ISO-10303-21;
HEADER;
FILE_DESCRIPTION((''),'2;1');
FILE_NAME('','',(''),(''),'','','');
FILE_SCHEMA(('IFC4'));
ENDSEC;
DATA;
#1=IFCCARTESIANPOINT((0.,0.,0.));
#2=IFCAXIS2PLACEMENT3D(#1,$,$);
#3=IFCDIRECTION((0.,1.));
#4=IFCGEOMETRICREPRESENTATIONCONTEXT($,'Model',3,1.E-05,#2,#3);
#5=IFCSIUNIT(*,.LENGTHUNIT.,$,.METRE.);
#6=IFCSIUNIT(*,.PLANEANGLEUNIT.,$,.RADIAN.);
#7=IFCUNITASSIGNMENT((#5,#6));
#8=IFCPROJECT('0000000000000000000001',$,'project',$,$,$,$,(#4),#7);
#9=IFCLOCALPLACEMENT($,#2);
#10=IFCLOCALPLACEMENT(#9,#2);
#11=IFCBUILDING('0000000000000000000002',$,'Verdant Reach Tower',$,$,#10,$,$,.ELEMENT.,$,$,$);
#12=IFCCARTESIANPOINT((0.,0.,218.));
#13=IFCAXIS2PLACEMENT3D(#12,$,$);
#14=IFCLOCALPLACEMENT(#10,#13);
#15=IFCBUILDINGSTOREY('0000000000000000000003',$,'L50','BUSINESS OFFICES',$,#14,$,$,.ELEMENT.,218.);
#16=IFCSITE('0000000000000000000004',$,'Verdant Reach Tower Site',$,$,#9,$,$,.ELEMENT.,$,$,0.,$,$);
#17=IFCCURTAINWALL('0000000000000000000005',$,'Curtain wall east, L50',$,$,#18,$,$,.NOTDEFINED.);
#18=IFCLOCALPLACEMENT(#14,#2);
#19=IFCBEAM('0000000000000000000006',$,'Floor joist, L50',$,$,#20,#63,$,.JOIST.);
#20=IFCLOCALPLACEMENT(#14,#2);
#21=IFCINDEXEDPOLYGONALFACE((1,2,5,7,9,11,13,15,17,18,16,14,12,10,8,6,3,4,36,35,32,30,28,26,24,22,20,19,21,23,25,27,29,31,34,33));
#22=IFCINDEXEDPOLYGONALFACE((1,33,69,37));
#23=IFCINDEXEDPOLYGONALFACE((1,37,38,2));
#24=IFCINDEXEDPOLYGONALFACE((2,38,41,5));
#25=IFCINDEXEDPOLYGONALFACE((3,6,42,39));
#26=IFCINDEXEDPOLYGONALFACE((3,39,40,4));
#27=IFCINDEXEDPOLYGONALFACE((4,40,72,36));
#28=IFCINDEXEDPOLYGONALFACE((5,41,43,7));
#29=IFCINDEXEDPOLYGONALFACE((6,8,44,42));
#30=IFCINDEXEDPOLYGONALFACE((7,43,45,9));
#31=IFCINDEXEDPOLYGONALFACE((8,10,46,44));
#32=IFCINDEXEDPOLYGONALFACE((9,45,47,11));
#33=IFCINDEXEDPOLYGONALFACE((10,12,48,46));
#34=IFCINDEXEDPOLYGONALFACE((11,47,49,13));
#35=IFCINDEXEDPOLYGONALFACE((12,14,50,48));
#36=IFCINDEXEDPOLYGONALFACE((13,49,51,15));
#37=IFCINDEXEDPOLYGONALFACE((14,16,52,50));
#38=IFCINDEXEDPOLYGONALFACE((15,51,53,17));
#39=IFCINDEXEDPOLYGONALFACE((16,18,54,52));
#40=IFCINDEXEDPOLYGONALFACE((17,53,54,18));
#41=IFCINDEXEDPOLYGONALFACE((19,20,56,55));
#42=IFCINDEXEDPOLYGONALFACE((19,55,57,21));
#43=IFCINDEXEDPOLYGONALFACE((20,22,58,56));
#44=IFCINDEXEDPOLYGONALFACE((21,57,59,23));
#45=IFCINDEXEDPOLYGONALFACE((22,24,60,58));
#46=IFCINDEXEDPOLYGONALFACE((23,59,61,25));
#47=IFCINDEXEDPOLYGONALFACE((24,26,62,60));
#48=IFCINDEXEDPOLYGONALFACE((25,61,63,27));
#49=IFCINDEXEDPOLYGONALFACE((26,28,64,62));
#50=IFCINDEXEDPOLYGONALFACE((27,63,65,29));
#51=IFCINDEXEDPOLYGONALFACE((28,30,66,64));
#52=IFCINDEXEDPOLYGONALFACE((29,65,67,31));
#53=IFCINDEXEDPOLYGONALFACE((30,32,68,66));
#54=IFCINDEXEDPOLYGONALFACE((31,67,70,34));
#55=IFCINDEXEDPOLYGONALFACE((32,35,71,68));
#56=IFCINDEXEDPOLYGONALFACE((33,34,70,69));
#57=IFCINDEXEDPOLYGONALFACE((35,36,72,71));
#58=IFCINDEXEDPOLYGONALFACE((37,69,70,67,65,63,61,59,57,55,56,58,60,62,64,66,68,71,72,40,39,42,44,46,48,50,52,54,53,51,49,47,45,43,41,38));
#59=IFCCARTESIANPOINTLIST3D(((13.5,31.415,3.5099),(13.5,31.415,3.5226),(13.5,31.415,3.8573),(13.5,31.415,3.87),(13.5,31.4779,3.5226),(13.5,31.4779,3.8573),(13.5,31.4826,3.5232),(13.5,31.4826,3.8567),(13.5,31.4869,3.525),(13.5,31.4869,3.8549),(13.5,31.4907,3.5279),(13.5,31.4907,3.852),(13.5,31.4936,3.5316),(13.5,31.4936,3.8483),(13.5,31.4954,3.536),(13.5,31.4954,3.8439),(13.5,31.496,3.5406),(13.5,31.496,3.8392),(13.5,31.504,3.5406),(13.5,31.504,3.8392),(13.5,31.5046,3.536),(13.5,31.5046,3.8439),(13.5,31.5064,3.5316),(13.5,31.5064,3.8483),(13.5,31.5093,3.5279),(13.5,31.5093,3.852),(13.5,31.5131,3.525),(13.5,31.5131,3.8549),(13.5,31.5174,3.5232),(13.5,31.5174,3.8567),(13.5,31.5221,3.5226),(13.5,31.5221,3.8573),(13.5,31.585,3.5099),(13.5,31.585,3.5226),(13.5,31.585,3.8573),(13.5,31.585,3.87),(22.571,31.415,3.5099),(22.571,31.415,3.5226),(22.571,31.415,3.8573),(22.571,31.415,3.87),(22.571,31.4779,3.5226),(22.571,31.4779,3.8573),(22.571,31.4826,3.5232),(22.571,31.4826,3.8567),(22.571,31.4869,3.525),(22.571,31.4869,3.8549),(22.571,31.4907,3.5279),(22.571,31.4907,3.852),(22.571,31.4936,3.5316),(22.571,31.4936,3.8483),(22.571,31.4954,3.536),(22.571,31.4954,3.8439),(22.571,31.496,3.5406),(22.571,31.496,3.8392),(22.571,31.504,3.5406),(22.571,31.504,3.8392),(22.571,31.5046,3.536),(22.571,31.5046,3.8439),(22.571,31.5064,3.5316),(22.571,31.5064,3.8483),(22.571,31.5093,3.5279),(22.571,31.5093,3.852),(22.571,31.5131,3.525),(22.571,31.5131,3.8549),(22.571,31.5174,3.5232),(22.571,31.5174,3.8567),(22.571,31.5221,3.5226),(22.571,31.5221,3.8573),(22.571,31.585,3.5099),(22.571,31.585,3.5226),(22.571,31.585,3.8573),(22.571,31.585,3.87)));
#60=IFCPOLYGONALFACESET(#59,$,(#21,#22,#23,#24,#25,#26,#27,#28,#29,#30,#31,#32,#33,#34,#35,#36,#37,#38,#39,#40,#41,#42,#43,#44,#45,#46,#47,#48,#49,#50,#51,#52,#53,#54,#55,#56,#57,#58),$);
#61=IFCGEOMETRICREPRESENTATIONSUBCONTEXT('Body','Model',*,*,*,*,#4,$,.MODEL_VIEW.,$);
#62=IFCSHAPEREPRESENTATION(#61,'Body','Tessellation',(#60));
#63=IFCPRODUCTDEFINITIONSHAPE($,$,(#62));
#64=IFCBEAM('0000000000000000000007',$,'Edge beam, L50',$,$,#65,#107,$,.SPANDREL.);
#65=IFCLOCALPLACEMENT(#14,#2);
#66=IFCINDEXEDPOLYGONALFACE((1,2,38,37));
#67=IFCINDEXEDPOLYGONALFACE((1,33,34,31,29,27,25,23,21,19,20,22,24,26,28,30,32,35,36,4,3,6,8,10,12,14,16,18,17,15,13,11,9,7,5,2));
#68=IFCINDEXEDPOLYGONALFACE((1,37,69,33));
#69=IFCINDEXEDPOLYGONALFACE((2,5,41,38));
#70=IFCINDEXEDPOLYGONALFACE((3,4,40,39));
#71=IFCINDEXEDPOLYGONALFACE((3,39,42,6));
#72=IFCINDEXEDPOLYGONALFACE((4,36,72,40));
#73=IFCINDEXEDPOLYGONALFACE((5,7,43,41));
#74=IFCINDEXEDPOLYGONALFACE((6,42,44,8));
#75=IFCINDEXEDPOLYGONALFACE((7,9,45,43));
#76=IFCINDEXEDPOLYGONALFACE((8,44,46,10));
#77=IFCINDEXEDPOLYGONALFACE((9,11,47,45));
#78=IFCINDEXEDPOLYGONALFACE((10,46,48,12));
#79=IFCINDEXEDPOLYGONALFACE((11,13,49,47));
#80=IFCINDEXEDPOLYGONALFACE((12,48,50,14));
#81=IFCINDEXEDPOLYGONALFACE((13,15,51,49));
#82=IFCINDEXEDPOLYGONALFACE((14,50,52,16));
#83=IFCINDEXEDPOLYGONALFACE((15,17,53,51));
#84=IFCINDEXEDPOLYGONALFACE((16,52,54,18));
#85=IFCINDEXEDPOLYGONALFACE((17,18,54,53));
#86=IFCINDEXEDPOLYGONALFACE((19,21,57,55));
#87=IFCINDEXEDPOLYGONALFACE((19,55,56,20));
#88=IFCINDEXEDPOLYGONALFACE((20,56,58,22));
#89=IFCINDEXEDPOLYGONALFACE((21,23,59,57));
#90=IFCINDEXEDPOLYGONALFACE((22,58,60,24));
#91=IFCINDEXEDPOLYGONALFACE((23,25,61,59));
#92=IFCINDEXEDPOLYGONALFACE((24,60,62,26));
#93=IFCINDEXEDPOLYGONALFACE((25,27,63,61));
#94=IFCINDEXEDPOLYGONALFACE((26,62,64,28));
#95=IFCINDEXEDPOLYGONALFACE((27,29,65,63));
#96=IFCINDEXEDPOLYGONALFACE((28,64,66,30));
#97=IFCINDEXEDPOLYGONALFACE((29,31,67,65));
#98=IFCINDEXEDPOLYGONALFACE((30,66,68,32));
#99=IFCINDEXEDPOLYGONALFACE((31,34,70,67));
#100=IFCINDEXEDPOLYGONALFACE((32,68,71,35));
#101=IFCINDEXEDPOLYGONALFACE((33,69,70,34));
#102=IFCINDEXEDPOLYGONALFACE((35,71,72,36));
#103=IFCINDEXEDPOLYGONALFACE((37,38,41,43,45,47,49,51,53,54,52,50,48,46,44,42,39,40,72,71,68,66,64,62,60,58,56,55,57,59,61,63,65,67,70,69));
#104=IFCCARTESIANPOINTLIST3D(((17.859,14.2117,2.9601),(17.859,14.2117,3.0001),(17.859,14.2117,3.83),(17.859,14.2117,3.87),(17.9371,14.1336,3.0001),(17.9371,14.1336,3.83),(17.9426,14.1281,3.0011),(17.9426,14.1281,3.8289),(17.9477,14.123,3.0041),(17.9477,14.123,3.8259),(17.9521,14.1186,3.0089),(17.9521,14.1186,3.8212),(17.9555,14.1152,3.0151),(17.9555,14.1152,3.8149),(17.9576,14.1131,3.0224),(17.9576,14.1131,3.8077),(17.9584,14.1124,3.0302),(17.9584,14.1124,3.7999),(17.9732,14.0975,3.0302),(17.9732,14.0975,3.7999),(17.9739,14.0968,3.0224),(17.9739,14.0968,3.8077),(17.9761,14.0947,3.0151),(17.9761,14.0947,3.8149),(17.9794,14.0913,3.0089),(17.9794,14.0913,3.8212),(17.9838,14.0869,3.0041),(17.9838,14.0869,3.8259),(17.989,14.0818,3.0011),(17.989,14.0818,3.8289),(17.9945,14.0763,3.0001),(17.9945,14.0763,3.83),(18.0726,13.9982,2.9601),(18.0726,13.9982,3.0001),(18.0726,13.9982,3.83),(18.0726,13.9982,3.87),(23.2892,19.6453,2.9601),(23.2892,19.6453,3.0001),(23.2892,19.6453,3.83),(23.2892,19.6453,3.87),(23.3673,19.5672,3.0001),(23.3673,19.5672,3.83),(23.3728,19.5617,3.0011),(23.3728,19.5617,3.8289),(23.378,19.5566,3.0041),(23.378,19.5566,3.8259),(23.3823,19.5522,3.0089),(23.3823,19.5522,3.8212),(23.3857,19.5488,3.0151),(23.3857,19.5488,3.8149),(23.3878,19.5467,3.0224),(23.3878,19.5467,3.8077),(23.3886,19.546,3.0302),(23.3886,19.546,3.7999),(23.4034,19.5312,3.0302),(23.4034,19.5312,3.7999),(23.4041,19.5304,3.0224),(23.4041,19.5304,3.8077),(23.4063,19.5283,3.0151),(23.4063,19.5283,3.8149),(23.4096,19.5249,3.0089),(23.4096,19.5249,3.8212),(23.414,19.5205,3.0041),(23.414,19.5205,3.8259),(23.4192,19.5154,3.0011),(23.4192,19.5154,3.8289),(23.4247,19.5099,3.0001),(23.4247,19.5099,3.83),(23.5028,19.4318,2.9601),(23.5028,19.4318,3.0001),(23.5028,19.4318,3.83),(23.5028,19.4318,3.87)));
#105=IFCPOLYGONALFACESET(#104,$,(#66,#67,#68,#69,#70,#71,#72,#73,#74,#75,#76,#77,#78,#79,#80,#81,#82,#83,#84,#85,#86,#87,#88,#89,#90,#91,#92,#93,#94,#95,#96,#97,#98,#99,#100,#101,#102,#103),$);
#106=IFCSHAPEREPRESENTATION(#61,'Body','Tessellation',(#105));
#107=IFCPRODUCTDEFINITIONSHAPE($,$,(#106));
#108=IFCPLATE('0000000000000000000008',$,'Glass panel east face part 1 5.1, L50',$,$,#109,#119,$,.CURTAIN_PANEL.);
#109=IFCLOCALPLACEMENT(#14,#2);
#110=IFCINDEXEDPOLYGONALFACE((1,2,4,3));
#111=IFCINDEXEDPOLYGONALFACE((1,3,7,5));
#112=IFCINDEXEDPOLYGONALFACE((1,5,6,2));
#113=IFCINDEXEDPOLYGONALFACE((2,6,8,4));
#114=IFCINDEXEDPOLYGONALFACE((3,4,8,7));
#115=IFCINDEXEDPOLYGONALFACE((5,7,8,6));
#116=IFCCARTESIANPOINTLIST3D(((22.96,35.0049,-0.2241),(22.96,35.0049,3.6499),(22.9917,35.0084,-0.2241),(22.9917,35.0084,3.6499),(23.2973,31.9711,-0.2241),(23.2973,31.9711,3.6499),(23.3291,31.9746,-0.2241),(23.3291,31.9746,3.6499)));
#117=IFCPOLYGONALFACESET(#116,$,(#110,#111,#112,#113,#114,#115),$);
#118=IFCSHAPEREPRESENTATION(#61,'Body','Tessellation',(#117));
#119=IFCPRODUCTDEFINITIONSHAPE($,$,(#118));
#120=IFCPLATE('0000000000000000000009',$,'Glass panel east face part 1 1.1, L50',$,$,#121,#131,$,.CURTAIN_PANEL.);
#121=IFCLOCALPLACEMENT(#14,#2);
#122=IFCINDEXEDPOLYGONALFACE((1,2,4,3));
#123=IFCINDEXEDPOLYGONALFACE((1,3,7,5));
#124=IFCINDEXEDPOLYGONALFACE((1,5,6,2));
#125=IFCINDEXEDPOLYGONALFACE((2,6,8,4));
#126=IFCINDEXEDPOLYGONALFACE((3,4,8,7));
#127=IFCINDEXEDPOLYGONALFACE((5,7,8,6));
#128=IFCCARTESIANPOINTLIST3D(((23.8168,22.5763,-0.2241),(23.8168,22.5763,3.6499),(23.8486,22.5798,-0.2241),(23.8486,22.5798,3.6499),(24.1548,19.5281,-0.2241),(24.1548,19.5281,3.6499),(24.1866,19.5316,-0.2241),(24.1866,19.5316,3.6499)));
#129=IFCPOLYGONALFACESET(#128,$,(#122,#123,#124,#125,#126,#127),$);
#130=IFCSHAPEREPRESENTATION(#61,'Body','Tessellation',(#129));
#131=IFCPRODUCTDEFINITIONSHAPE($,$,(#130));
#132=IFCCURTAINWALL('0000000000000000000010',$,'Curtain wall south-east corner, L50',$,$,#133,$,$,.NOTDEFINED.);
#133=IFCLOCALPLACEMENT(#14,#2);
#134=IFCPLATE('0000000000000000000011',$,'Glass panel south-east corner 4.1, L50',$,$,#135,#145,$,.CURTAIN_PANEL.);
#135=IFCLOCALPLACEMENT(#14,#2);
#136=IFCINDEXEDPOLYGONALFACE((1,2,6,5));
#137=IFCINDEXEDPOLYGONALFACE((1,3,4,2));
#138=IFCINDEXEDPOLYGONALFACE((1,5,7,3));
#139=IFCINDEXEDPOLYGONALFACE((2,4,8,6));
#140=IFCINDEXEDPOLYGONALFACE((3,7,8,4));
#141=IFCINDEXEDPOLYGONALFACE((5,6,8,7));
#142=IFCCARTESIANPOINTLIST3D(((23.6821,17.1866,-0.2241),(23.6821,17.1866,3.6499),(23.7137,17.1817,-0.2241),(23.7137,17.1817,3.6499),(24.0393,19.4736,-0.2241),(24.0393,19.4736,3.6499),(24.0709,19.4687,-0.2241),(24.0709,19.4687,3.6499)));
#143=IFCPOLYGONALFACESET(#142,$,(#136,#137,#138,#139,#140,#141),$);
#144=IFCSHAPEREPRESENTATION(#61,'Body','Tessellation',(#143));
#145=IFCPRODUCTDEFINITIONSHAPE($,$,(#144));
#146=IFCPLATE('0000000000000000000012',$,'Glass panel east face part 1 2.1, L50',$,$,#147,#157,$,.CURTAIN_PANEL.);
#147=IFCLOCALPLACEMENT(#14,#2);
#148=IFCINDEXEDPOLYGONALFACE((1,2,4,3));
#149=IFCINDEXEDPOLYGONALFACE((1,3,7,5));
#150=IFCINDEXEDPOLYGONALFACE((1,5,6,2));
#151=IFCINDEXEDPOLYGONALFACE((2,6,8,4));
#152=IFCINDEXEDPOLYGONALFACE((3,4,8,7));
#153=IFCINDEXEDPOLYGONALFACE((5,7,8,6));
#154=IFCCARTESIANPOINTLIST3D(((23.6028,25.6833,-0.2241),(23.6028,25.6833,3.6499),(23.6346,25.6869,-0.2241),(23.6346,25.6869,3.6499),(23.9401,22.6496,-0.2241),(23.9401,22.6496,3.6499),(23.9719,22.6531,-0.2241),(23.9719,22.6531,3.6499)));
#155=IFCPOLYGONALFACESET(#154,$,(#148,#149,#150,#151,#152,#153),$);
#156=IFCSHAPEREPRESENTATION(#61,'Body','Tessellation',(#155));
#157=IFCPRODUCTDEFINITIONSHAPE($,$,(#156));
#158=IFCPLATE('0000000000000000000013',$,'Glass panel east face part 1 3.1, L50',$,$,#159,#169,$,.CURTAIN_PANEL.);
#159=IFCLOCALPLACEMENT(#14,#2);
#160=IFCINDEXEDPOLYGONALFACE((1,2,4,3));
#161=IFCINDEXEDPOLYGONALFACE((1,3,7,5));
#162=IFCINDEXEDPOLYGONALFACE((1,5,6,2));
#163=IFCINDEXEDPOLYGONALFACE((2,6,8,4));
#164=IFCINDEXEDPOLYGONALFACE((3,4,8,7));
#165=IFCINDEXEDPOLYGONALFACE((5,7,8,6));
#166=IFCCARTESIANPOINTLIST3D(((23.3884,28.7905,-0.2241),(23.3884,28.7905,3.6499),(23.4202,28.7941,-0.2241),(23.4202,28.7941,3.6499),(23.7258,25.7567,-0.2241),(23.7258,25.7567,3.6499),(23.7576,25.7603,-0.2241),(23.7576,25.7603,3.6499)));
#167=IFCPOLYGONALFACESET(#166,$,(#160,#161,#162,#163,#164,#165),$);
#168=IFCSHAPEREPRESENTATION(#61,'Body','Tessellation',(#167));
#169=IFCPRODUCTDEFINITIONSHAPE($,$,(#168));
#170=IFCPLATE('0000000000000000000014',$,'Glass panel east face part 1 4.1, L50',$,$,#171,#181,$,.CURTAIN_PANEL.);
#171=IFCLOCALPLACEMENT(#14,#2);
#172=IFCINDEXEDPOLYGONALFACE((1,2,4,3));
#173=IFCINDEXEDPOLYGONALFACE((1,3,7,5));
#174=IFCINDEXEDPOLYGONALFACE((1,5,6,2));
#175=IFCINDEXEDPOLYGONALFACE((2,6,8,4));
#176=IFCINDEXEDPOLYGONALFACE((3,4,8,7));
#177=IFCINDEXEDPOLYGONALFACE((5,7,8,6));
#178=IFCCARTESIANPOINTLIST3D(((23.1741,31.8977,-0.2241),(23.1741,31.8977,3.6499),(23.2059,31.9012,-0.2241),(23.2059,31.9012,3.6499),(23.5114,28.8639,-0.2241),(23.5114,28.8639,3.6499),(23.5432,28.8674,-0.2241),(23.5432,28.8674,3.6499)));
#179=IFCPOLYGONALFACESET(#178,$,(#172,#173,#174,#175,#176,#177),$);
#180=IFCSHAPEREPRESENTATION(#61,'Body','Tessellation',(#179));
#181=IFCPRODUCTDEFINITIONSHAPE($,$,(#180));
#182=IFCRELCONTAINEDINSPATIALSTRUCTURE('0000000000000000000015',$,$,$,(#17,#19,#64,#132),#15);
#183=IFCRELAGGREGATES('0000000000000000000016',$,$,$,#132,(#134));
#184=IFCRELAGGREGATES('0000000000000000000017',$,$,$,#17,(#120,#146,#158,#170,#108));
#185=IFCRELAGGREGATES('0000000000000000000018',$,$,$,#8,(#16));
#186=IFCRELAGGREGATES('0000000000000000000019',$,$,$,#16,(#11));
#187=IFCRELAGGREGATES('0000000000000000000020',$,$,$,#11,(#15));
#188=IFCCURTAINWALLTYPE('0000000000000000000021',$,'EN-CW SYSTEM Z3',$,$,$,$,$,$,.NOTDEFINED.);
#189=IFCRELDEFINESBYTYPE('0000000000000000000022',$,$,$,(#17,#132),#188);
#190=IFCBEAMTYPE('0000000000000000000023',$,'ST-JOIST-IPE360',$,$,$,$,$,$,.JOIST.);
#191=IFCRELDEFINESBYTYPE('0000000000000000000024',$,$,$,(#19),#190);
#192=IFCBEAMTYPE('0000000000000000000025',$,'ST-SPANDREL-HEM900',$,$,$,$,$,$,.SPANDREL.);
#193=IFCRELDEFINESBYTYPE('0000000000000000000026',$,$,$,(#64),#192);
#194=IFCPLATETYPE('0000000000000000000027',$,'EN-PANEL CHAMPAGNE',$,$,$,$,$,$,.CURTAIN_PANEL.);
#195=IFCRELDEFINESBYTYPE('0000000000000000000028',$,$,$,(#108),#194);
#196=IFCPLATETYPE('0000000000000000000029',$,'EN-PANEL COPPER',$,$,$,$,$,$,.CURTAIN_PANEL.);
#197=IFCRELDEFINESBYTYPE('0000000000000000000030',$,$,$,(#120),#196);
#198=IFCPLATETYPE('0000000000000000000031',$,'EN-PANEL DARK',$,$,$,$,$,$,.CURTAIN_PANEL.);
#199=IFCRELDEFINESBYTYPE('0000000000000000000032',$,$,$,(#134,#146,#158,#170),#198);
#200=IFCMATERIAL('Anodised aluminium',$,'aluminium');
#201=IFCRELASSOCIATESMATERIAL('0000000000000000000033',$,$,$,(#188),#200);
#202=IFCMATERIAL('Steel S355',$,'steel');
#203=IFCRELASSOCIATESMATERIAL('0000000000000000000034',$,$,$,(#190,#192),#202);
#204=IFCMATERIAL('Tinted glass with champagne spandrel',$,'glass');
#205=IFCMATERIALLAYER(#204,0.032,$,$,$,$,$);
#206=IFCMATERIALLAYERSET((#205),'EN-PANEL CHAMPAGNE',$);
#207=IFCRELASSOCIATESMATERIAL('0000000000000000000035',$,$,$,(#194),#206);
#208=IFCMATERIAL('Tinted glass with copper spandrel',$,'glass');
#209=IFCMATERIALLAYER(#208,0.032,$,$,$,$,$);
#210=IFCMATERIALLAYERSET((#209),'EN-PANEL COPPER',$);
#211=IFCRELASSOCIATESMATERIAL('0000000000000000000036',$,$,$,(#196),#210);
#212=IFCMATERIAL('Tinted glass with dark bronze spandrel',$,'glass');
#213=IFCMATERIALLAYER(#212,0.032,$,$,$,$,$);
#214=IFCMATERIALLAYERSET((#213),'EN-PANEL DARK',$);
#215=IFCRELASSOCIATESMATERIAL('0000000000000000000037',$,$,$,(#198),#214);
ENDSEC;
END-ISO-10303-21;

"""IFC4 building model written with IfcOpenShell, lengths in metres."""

from ifc_helpers import new_model, si_unit, direction, frame, origin, origin_2d, place, context, subcontext, project, spatial, rectangle, i_section, extrude, material, layer, layer_set, material_profile, profile_set, type_object, element, aggregate, save


model = new_model("IFC4")

# Units and contexts
model_context = context("Model", 3, precision=1e-05, world=origin(), true_north=direction((0.0, 1.0)))
body_context = subcontext(model_context, "Body", "Model", "MODEL_VIEW")
ifc_project = project(units=[si_unit("LENGTHUNIT", "METRE"), si_unit("PLANEANGLEUNIT", "RADIAN")], contexts=[model_context])

# Site, building, storey
site_placement = place(None, origin())
site = spatial("IfcSite", under=ifc_project, at=site_placement, Name="Verdant Reach Tower Site", CompositionType="ELEMENT", RefElevation=0.0)
building_placement = place(site_placement, origin())
building = spatial("IfcBuilding", under=site, at=building_placement, Name="Verdant Reach Tower", CompositionType="ELEMENT")
storey_placement = place(building_placement, frame((0.0, 0.0, 218.0)))
storey = spatial("IfcBuildingStorey", under=building, at=storey_placement, Name="L50", Description="BUSINESS OFFICES", CompositionType="ELEMENT", Elevation=218.0)

# Curtain wall
ifc_material_1 = material(Name="Anodised aluminium", Category="aluminium")
curtain_wall_type = type_object("IfcCurtainWallType", Name="EN-CW SYSTEM Z3", PredefinedType="NOTDEFINED", material=ifc_material_1)
curtain_wall_1_placement = place(storey_placement, origin())
curtain_wall_1 = element("IfcCurtainWall", 1, at=curtain_wall_1_placement, inside=storey, type_object=curtain_wall_type, Name="Curtain wall east, L50", PredefinedType="NOTDEFINED")

# Beams
ifc_material_2 = material(Name="Steel S355", Category="steel")
ifc_material_profile_1 = material_profile(ifc_material_2, i_section(OverallWidth=0.1699, OverallDepth=0.3601, WebThickness=0.0081, FlangeThickness=0.0127, FilletRadius=0.0181, at=origin_2d()), Name="IPE 360")
ifc_profile_set_1 = profile_set([ifc_material_profile_1], Name="Steel S355")
beam_type_1 = type_object("IfcBeamType", Name="ST-JOIST-IPE360", PredefinedType="JOIST", material=ifc_profile_set_1)
beam_1_placement = place(storey_placement, frame((13.5, 31.5, 3.6899), z_axis=(1.0, 0.0, 0.0), x_axis=(0.0, 1.0, 0.0)))
element("IfcBeam", 2, at=beam_1_placement, inside=storey, type_object=beam_type_1, Name="Floor joist, L50", PredefinedType="JOIST", context=body_context, shape_type="SweptSolid", body=[
    extrude(i_section(OverallWidth=0.1699, OverallDepth=0.3601, WebThickness=0.0081, FlangeThickness=0.0127, FilletRadius=0.0181, at=origin_2d()), origin(), (0.0, 0.0, 1.0), 9.071),
])
ifc_material_profile_2 = material_profile(ifc_material_2, i_section(OverallWidth=0.302, OverallDepth=0.9099, WebThickness=0.021, FlangeThickness=0.04, FilletRadius=0.03, at=origin_2d()), Name="HEM 900")
ifc_profile_set_2 = profile_set([ifc_material_profile_2], Name="Steel S355")
beam_type_2 = type_object("IfcBeamType", Name="ST-SPANDREL-HEM900", PredefinedType="SPANDREL", material=ifc_profile_set_2)
beam_2_placement = place(storey_placement, frame((23.396, 19.5386, 3.415), z_axis=(-0.706884, -0.707329, 0.0), x_axis=(0.707329, -0.706884, 0.0)))
element("IfcBeam", 3, at=beam_2_placement, inside=storey, type_object=beam_type_2, Name="Edge beam, L50", PredefinedType="SPANDREL", context=body_context, shape_type="SweptSolid", body=[
    extrude(i_section(OverallWidth=0.302, OverallDepth=0.9099, WebThickness=0.021, FlangeThickness=0.04, FilletRadius=0.03, at=origin_2d()), origin(), (0.0, 0.0, 1.0), 7.6819),
])

# Plates
ifc_material_3 = material(Name="Tinted glass with champagne spandrel", Category="glass")
ifc_layer_1 = layer(ifc_material_3, 0.032)
ifc_layer_set_1 = layer_set([ifc_layer_1], Name="EN-PANEL CHAMPAGNE")
plate_type_1 = type_object("IfcPlateType", Name="EN-PANEL CHAMPAGNE", PredefinedType="CURTAIN_PANEL", material=ifc_layer_set_1)
plate_1_placement = place(storey_placement, frame((23.1445, 33.4897, -0.2241), z_axis=(0.0, 0.0, 1.0), x_axis=(-0.110518, 0.993874, 0.0)))
plate_1 = element("IfcPlate", 4, at=plate_1_placement, type_object=plate_type_1, Name="Glass panel east face part 1 5.1, L50", PredefinedType="CURTAIN_PANEL", context=body_context, shape_type="SweptSolid", body=[
    extrude(rectangle(XDim=3.0525, YDim=0.032, at=origin_2d()), origin(), (0.0, 0.0, 1.0), 3.874),
])
ifc_material_4 = material(Name="Tinted glass with copper spandrel", Category="glass")
ifc_layer_2 = layer(ifc_material_4, 0.032)
ifc_layer_set_2 = layer_set([ifc_layer_2], Name="EN-PANEL COPPER")
plate_type_2 = type_object("IfcPlateType", Name="EN-PANEL COPPER", PredefinedType="CURTAIN_PANEL", material=ifc_layer_set_2)
plate_2_placement = place(storey_placement, frame((24.0017, 21.054, -0.2241), z_axis=(0.0, 0.0, 1.0), x_axis=(-0.110214, 0.993908, 0.0)))
plate_2 = element("IfcPlate", 5, at=plate_2_placement, type_object=plate_type_2, Name="Glass panel east face part 1 1.1, L50", PredefinedType="CURTAIN_PANEL", context=body_context, shape_type="SweptSolid", body=[
    extrude(rectangle(XDim=3.0669, YDim=0.032, at=origin_2d()), origin(), (0.0, 0.0, 1.0), 3.874),
])

# Curtain wall, plate
curtain_wall_2_placement = place(storey_placement, origin())
curtain_wall_2 = element("IfcCurtainWall", 6, at=curtain_wall_2_placement, inside=storey, type_object=curtain_wall_type, Name="Curtain wall south-east corner, L50", PredefinedType="NOTDEFINED")
ifc_material_5 = material(Name="Tinted glass with dark bronze spandrel", Category="glass")
ifc_layer_3 = layer(ifc_material_5, 0.032)
ifc_layer_set_3 = layer_set([ifc_layer_3], Name="EN-PANEL DARK")
plate_type_3 = type_object("IfcPlateType", Name="EN-PANEL DARK", PredefinedType="CURTAIN_PANEL", material=ifc_layer_set_3)
plate_3_placement = place(storey_placement, frame((23.8765, 18.3276, -0.2241), z_axis=(0.0, 0.0, 1.0), x_axis=(0.154312, 0.988022, 0.0)))
plate_3 = element("IfcPlate", 7, at=plate_3_placement, type_object=plate_type_3, Name="Glass panel south-east corner 4.1, L50", PredefinedType="CURTAIN_PANEL", context=body_context, shape_type="SweptSolid", body=[
    extrude(rectangle(XDim=2.3147, YDim=0.032, at=origin_2d()), origin(), (0.0, 0.0, 1.0), 3.874),
])
aggregate(curtain_wall_2, [plate_3])

# Plates
plate_4_placement = place(storey_placement, frame((23.7874, 24.1682, -0.2241), z_axis=(0.0, 0.0, 1.0), x_axis=(-0.110518, 0.993874, 0.0)))
plate_4 = element("IfcPlate", 8, at=plate_4_placement, type_object=plate_type_3, Name="Glass panel east face part 1 2.1, L50", PredefinedType="CURTAIN_PANEL", context=body_context, shape_type="SweptSolid", body=[
    extrude(rectangle(XDim=3.0525, YDim=0.032, at=origin_2d()), origin(), (0.0, 0.0, 1.0), 3.874),
])
plate_5_placement = place(storey_placement, frame((23.573, 27.2754, -0.2241), z_axis=(0.0, 0.0, 1.0), x_axis=(-0.110518, 0.993874, 0.0)))
plate_5 = element("IfcPlate", 9, at=plate_5_placement, type_object=plate_type_3, Name="Glass panel east face part 1 3.1, L50", PredefinedType="CURTAIN_PANEL", context=body_context, shape_type="SweptSolid", body=[
    extrude(rectangle(XDim=3.0525, YDim=0.032, at=origin_2d()), origin(), (0.0, 0.0, 1.0), 3.874),
])
plate_6_placement = place(storey_placement, frame((23.3586, 30.3826, -0.2241), z_axis=(0.0, 0.0, 1.0), x_axis=(-0.110518, 0.993874, 0.0)))
plate_6 = element("IfcPlate", 10, at=plate_6_placement, type_object=plate_type_3, Name="Glass panel east face part 1 4.1, L50", PredefinedType="CURTAIN_PANEL", context=body_context, shape_type="SweptSolid", body=[
    extrude(rectangle(XDim=3.0525, YDim=0.032, at=origin_2d()), origin(), (0.0, 0.0, 1.0), 3.874),
])
aggregate(curtain_wall_1, [plate_2, plate_4, plate_5, plate_6, plate_1])

save(model, "model.ifc")
